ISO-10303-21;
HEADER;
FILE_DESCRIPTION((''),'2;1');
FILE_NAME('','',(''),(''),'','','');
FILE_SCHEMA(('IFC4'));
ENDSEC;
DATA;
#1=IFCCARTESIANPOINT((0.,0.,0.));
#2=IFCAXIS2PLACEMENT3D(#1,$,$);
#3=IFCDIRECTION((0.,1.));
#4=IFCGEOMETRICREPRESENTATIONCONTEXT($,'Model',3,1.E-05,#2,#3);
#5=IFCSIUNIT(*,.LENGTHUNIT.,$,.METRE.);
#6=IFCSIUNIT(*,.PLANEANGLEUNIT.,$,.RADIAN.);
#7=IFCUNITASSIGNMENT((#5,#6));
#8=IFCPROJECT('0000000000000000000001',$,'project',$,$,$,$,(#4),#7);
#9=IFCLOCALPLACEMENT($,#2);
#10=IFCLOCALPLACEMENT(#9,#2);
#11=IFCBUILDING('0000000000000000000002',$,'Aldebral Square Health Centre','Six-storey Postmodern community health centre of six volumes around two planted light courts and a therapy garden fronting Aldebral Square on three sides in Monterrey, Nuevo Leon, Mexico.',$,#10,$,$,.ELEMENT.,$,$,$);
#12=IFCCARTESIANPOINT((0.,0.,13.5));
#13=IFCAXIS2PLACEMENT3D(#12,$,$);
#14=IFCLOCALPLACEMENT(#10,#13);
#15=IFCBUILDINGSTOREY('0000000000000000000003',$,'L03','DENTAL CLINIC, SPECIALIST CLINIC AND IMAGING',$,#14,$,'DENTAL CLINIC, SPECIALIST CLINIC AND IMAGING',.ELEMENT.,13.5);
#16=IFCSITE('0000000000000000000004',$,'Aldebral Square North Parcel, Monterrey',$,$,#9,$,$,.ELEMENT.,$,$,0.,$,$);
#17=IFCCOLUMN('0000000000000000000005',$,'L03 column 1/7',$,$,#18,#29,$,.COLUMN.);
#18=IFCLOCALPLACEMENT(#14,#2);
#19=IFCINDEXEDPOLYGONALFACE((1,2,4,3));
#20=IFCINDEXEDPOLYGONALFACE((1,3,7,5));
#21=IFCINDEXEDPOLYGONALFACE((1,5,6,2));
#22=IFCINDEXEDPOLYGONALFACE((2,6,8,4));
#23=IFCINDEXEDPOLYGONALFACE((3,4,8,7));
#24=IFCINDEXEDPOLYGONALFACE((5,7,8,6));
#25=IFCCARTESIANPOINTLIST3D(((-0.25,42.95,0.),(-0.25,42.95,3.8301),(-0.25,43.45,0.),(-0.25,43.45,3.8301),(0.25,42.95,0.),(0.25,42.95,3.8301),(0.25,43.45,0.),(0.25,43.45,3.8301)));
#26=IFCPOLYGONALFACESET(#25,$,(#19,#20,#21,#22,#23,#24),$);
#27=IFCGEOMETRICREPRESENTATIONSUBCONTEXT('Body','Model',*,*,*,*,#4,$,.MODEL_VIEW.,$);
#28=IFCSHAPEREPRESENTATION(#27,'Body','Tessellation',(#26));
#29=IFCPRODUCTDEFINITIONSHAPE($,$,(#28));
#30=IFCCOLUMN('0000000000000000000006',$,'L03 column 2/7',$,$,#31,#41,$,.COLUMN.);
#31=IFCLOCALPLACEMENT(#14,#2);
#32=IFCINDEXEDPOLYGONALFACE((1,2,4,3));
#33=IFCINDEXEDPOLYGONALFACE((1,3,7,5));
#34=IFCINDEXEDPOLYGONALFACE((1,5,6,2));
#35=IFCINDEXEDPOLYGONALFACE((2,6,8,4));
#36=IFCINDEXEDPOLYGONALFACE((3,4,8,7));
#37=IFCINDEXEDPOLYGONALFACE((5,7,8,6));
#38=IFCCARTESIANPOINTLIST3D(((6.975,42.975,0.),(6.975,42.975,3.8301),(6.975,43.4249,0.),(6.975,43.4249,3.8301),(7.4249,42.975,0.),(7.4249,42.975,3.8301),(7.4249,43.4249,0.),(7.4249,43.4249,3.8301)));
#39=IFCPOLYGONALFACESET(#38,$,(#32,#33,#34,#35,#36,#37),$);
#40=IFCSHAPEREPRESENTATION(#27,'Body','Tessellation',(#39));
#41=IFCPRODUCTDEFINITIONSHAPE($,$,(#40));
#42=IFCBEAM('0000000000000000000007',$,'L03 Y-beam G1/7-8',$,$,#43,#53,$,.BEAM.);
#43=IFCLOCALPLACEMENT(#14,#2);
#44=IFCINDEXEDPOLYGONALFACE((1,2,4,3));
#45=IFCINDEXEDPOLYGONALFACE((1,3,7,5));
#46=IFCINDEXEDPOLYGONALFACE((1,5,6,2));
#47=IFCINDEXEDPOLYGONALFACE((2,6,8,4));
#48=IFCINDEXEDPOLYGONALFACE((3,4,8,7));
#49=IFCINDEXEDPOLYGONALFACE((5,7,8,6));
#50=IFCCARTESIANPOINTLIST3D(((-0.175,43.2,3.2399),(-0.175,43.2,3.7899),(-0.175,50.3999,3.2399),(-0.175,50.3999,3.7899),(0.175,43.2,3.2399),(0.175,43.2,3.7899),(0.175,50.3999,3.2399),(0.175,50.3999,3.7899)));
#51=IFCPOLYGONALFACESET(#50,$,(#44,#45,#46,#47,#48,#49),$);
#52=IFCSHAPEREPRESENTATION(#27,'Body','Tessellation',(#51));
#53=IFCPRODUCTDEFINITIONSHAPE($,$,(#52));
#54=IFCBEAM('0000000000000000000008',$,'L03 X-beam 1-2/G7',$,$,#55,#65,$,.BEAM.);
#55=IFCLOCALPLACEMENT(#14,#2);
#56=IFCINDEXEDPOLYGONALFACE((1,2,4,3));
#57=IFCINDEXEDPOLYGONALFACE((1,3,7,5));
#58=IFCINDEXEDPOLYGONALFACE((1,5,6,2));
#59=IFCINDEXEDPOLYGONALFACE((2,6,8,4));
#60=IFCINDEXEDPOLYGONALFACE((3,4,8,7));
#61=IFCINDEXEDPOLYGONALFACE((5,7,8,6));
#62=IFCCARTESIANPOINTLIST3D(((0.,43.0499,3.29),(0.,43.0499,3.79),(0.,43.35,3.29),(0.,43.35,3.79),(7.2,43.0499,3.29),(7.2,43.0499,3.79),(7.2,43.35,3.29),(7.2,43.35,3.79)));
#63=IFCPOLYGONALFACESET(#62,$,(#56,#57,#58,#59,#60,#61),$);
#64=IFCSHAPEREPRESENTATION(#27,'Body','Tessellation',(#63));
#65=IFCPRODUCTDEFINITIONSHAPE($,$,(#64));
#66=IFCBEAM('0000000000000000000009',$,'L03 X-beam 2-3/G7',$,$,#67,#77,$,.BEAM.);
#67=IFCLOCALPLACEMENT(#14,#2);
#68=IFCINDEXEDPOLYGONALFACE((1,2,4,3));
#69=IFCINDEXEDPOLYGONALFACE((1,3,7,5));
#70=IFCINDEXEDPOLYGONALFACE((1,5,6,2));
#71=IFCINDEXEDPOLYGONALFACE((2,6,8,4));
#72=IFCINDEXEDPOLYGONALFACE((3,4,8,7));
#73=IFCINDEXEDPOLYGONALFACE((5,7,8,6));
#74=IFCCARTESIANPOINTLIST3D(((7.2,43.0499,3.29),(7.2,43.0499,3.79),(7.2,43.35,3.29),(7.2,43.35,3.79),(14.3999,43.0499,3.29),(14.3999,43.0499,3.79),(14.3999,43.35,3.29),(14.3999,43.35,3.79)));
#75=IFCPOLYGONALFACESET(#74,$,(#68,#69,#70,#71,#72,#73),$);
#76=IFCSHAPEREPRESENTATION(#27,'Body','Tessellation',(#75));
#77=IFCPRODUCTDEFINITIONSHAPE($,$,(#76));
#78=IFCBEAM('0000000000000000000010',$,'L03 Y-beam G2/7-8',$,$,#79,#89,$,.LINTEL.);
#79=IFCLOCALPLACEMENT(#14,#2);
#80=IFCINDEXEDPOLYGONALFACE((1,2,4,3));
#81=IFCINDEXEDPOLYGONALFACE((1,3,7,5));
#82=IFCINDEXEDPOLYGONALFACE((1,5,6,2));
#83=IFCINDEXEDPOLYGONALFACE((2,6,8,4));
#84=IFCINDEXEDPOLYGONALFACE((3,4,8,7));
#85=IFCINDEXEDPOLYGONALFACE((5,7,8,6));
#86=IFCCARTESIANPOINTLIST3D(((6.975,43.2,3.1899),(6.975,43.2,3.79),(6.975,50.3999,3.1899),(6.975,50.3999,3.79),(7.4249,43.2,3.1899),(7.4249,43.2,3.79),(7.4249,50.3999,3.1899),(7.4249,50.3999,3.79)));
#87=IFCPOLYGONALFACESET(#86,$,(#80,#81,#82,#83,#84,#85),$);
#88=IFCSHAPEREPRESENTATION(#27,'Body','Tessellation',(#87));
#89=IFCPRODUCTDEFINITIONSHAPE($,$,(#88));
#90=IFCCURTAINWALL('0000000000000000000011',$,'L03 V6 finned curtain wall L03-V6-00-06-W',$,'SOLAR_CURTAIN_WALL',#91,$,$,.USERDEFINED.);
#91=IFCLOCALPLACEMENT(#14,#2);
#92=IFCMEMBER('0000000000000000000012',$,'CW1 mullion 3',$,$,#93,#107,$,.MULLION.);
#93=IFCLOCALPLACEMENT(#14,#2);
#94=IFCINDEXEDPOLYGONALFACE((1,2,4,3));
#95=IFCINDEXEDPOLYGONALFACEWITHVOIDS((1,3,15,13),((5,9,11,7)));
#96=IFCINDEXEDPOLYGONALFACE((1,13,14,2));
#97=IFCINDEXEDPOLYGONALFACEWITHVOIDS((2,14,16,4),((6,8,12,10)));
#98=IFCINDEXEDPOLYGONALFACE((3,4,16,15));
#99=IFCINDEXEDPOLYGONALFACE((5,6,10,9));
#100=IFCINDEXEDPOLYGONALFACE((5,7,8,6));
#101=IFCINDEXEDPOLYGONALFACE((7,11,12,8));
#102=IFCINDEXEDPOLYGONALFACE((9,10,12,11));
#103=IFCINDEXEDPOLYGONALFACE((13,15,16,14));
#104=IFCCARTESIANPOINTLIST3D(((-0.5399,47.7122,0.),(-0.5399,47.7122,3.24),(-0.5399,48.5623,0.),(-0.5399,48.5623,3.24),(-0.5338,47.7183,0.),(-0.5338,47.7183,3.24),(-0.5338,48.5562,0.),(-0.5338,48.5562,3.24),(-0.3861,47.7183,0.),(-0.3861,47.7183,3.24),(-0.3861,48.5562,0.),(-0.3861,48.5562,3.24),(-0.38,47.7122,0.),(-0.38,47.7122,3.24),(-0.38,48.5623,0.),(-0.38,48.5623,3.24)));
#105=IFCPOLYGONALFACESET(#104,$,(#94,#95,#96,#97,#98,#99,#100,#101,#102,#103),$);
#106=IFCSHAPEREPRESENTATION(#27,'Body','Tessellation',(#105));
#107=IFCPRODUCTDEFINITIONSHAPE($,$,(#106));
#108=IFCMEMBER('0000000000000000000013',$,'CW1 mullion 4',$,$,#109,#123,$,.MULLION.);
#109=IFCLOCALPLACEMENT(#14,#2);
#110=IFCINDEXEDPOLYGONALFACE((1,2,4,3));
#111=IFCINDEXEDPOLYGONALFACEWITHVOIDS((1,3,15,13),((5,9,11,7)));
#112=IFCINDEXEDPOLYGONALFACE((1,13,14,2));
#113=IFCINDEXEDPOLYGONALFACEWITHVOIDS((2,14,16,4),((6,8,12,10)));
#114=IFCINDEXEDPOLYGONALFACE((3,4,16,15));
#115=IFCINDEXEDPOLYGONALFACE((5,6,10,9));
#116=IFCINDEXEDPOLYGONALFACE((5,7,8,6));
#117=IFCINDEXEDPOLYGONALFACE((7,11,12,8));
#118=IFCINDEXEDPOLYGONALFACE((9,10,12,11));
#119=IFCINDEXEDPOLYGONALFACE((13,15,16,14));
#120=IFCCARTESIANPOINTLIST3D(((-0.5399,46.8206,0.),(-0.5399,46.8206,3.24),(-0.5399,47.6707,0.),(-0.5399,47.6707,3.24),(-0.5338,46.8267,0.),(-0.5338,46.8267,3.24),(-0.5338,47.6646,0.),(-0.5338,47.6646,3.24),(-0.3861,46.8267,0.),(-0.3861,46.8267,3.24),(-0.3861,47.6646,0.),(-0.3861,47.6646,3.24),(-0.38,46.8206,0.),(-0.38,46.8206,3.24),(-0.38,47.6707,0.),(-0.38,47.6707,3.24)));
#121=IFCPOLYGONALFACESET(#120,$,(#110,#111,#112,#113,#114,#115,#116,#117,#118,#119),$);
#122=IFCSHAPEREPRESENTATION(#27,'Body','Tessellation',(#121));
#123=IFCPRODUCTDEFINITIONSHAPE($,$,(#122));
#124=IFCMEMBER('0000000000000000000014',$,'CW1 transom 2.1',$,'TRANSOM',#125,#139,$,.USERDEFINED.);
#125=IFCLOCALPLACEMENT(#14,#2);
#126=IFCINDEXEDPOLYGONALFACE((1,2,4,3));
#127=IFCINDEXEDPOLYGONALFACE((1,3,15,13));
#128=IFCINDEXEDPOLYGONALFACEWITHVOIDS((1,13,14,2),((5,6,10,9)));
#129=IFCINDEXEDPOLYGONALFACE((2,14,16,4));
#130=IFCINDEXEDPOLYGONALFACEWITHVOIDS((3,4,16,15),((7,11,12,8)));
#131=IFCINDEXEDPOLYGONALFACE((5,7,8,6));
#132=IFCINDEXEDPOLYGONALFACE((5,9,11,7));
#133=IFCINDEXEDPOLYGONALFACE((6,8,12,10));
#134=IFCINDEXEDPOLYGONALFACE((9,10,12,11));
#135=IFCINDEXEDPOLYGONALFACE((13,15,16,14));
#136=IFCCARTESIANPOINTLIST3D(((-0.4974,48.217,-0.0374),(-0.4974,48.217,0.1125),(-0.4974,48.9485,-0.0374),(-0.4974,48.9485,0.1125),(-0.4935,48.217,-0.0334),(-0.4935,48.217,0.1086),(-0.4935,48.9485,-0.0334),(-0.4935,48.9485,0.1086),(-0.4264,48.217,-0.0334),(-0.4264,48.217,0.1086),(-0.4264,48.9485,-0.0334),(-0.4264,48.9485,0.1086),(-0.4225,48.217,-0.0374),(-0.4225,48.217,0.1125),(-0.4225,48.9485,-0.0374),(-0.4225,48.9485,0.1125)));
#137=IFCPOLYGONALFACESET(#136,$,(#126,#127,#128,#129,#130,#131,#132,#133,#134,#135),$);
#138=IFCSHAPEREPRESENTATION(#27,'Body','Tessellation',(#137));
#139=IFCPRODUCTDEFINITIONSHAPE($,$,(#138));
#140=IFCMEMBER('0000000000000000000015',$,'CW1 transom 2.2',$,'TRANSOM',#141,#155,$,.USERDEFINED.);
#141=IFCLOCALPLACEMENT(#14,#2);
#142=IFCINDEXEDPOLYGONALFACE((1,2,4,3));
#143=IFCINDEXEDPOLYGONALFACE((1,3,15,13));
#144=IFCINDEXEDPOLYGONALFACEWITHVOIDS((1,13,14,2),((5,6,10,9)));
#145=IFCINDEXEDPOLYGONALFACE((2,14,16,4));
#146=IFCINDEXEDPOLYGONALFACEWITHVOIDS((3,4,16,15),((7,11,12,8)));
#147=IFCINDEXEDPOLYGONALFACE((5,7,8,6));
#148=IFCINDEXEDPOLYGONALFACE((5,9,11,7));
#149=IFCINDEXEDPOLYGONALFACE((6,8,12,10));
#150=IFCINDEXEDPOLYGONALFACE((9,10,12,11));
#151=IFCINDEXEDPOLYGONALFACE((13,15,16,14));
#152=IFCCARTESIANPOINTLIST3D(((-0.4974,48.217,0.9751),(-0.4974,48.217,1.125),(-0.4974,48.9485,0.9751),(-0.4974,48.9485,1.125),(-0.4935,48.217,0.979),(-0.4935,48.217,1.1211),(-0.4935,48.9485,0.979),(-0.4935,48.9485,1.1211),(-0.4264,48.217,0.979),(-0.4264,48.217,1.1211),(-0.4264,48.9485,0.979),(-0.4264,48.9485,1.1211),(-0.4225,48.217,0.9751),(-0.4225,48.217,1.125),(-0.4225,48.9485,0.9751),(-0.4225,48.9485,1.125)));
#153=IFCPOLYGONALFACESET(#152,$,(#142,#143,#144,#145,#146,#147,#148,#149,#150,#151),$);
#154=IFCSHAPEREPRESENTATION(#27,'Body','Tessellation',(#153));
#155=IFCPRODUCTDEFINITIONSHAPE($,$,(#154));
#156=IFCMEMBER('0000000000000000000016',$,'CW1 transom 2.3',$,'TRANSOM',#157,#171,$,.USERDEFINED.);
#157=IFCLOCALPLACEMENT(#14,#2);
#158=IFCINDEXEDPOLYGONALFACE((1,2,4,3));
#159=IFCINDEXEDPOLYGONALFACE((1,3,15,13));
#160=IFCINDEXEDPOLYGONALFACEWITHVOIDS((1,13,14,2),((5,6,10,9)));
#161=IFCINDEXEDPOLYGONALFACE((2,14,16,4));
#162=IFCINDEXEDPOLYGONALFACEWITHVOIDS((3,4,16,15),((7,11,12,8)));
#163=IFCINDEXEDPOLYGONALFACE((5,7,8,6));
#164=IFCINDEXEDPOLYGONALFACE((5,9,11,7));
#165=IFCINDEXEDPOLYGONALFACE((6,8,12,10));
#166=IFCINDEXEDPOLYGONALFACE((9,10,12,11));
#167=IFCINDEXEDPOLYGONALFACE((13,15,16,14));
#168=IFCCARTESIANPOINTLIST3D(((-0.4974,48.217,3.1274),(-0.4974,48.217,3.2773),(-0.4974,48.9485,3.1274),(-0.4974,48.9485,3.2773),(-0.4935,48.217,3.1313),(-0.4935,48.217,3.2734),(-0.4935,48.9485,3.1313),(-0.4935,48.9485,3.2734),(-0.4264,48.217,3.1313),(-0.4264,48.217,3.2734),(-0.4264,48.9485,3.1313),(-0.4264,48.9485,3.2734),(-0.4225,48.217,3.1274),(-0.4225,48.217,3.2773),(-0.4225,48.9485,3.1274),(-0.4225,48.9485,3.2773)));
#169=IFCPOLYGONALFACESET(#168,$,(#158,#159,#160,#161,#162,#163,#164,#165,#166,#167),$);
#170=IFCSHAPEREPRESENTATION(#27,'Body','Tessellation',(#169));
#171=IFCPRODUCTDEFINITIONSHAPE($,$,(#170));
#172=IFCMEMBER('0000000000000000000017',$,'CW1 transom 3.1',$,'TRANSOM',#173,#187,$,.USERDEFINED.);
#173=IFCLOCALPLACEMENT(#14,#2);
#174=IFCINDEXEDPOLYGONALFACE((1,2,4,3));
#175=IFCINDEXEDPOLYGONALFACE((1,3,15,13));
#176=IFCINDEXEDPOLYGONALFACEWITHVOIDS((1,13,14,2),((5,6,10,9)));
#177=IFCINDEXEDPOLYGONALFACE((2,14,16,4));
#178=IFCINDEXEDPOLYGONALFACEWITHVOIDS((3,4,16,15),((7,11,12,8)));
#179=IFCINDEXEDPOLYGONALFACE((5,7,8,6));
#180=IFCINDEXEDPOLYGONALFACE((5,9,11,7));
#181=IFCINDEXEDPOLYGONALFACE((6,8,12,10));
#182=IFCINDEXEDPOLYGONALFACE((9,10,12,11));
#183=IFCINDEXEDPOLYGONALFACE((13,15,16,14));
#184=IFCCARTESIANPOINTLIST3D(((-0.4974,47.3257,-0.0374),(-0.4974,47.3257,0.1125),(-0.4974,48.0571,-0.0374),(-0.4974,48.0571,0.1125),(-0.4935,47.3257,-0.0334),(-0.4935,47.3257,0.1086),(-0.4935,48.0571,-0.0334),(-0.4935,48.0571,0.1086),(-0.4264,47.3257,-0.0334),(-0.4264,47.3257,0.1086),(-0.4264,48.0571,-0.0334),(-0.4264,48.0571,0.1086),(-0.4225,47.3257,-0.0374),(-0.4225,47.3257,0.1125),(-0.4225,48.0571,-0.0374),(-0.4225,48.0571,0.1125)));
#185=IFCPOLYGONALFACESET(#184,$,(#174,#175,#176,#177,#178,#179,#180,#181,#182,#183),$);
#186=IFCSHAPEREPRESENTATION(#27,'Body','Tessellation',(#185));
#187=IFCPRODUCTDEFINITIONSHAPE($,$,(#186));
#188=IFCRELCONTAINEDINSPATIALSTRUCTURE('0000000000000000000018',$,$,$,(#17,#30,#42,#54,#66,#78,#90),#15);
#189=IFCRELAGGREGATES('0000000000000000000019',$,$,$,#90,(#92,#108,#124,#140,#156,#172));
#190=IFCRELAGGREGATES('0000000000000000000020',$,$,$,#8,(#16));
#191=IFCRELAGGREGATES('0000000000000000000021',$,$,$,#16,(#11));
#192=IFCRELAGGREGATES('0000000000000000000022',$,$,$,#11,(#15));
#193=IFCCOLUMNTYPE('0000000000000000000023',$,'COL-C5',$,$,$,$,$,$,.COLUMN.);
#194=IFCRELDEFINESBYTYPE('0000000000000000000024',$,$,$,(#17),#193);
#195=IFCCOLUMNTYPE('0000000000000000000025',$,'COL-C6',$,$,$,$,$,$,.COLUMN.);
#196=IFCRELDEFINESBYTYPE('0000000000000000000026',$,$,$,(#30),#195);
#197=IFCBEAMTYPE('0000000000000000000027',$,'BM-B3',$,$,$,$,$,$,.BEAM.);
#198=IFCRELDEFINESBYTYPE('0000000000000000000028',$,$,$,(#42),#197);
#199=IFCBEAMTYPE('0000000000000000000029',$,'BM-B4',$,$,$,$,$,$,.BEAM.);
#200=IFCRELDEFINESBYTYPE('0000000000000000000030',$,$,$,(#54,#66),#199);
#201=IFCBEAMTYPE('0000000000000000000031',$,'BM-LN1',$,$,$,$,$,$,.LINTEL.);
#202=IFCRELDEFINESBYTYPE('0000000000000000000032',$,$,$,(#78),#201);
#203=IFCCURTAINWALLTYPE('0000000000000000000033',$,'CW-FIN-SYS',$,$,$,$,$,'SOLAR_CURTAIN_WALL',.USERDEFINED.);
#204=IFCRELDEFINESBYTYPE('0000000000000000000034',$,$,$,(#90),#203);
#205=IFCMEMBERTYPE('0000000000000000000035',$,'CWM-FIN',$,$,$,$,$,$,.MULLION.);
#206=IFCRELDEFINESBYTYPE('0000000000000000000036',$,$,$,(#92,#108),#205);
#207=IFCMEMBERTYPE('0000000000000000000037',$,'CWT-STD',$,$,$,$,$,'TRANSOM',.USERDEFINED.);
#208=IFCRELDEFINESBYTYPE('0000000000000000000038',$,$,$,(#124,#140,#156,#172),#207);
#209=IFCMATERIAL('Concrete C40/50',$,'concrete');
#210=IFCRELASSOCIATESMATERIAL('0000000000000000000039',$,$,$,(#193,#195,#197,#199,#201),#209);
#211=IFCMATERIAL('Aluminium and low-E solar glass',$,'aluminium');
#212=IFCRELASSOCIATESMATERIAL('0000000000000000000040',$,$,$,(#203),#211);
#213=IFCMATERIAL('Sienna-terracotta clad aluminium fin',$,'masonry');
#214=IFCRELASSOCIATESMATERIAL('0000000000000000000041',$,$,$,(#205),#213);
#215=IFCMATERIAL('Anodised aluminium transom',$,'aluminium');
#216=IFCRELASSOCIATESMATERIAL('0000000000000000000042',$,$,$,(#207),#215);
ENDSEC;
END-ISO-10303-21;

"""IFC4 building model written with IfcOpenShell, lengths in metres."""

from ifc_helpers import new_model, si_unit, direction, frame, origin, origin_2d, place, context, subcontext, project, spatial, rectangle, hollow_rectangle, extrude, material, material_profile, profile_set, type_object, element, aggregate, save


model = new_model("IFC4")

# Units and contexts
model_context = context("Model", 3, precision=1e-05, world=origin(), true_north=direction((0.0, 1.0)))
body_context = subcontext(model_context, "Body", "Model", "MODEL_VIEW")
ifc_project = project(units=[si_unit("LENGTHUNIT", "METRE"), si_unit("PLANEANGLEUNIT", "RADIAN")], contexts=[model_context])

# Site, building, storey
site_placement = place(None, origin())
site = spatial("IfcSite", under=ifc_project, at=site_placement, Name="Aldebral Square North Parcel, Monterrey", CompositionType="ELEMENT", RefElevation=0.0)
building_placement = place(site_placement, origin())
building = spatial("IfcBuilding", under=site, at=building_placement, Name="Aldebral Square Health Centre", Description="Six-storey Postmodern community health centre of six volumes around two planted light courts and a therapy garden fronting Aldebral Square on three sides in Monterrey, Nuevo Leon, Mexico.", CompositionType="ELEMENT")
storey_placement = place(building_placement, frame((0.0, 0.0, 13.5)))
storey = spatial("IfcBuildingStorey", under=building, at=storey_placement, Name="L03", Description="DENTAL CLINIC, SPECIALIST CLINIC AND IMAGING", LongName="DENTAL CLINIC, SPECIALIST CLINIC AND IMAGING", CompositionType="ELEMENT", Elevation=13.5)

# Columns
ifc_material_1 = material(Name="Concrete C40/50", Category="concrete")
ifc_material_profile_1 = material_profile(ifc_material_1, rectangle(XDim=0.5, YDim=0.5, at=origin_2d()), Name="RC 500x500")
ifc_profile_set_1 = profile_set([ifc_material_profile_1], Name="Concrete C40/50")
column_type_1 = type_object("IfcColumnType", Name="COL-C5", PredefinedType="COLUMN", material=ifc_profile_set_1)
column_1_placement = place(storey_placement, frame((0.0, 43.2, 0.0), z_axis=(0.0, 0.0, 1.0), x_axis=(1.0, 0.0, 0.0)))
element("IfcColumn", 1, at=column_1_placement, inside=storey, type_object=column_type_1, Name="L03 column 1/7", PredefinedType="COLUMN", context=body_context, shape_type="SweptSolid", body=[
    extrude(rectangle(XDim=0.5, YDim=0.5, at=origin_2d()), origin(), (0.0, 0.0, 1.0), 3.8301),
])
ifc_material_profile_2 = material_profile(ifc_material_1, rectangle(XDim=0.45, YDim=0.45, at=origin_2d()), Name="RC 450x450")
ifc_profile_set_2 = profile_set([ifc_material_profile_2], Name="Concrete C40/50")
column_type_2 = type_object("IfcColumnType", Name="COL-C6", PredefinedType="COLUMN", material=ifc_profile_set_2)
column_2_placement = place(storey_placement, frame((7.2, 43.2, 0.0), z_axis=(0.0, 0.0, 1.0), x_axis=(1.0, 0.0, 0.0)))
element("IfcColumn", 2, at=column_2_placement, inside=storey, type_object=column_type_2, Name="L03 column 2/7", PredefinedType="COLUMN", context=body_context, shape_type="SweptSolid", body=[
    extrude(rectangle(XDim=0.45, YDim=0.45, at=origin_2d()), origin(), (0.0, 0.0, 1.0), 3.8301),
])

# Beams
ifc_material_profile_3 = material_profile(ifc_material_1, rectangle(XDim=0.3501, YDim=0.55, at=origin_2d()), Name="RC 350x550")
ifc_profile_set_3 = profile_set([ifc_material_profile_3], Name="Concrete C40/50")
beam_type_1 = type_object("IfcBeamType", Name="BM-B3", PredefinedType="BEAM", material=ifc_profile_set_3)
beam_1_placement = place(storey_placement, frame((0.0, 43.2, 3.5149), z_axis=(0.0, 1.0, 0.0), x_axis=(-1.0, 0.0, 0.0)))
element("IfcBeam", 3, at=beam_1_placement, inside=storey, type_object=beam_type_1, Name="L03 Y-beam G1/7-8", PredefinedType="BEAM", context=body_context, shape_type="SweptSolid", body=[
    extrude(rectangle(XDim=0.3501, YDim=0.55, at=origin_2d()), origin(), (0.0, 0.0, 1.0), 7.2),
])
ifc_material_profile_4 = material_profile(ifc_material_1, rectangle(XDim=0.3, YDim=0.5, at=origin_2d()), Name="RC 300x500")
ifc_profile_set_4 = profile_set([ifc_material_profile_4], Name="Concrete C40/50")
beam_type_2 = type_object("IfcBeamType", Name="BM-B4", PredefinedType="BEAM", material=ifc_profile_set_4)
for number, where, z_axis, x_axis, name in (
    (4, (0.0, 43.2, 3.54), (1.0, 0.0, 0.0), (0.0, 1.0, 0.0), "L03 X-beam 1-2/G7"),
    (5, (7.2, 43.2, 3.54), (1.0, 0.0, 0.0), (0.0, 1.0, 0.0), "L03 X-beam 2-3/G7"),
):
    element("IfcBeam", number, at=place(storey_placement, frame(where, z_axis=z_axis, x_axis=x_axis)), inside=storey, type_object=beam_type_2, Name=name, PredefinedType="BEAM", context=body_context, shape_type="SweptSolid", body=[
        extrude(rectangle(XDim=0.3, YDim=0.5, at=origin_2d()), origin(), (0.0, 0.0, 1.0), 7.2),
    ])
ifc_material_profile_5 = material_profile(ifc_material_1, rectangle(XDim=0.45, YDim=0.6001, at=origin_2d()), Name="RC 450x600")
ifc_profile_set_5 = profile_set([ifc_material_profile_5], Name="Concrete C40/50")
beam_type_3 = type_object("IfcBeamType", Name="BM-LN1", PredefinedType="LINTEL", material=ifc_profile_set_5)
beam_2_placement = place(storey_placement, frame((7.2, 43.2, 3.49), z_axis=(0.0, 1.0, 0.0), x_axis=(-1.0, 0.0, 0.0)))
element("IfcBeam", 6, at=beam_2_placement, inside=storey, type_object=beam_type_3, Name="L03 Y-beam G2/7-8", PredefinedType="LINTEL", context=body_context, shape_type="SweptSolid", body=[
    extrude(rectangle(XDim=0.45, YDim=0.6001, at=origin_2d()), origin(), (0.0, 0.0, 1.0), 7.2),
])

# Curtain wall, members
ifc_material_2 = material(Name="Aluminium and low-E solar glass", Category="aluminium")
curtain_wall_type = type_object("IfcCurtainWallType", Name="CW-FIN-SYS", ElementType="SOLAR_CURTAIN_WALL", PredefinedType="USERDEFINED", material=ifc_material_2)
curtain_wall_placement = place(storey_placement, origin())
curtain_wall = element("IfcCurtainWall", 7, at=curtain_wall_placement, inside=storey, type_object=curtain_wall_type, Name="L03 V6 finned curtain wall L03-V6-00-06-W", ObjectType="SOLAR_CURTAIN_WALL", PredefinedType="USERDEFINED")
ifc_material_3 = material(Name="Sienna-terracotta clad aluminium fin", Category="masonry")
ifc_material_profile_6 = material_profile(ifc_material_3, hollow_rectangle(XDim=0.1599, YDim=0.8501, WallThickness=0.0061, at=origin_2d()), Name="FIN 160x850x6")
ifc_profile_set_6 = profile_set([ifc_material_profile_6], Name="Sienna-terracotta clad aluminium fin")
member_type_1 = type_object("IfcMemberType", Name="CWM-FIN", PredefinedType="MULLION", material=ifc_profile_set_6)
member_1_placement = place(storey_placement, frame((-0.46, 48.1372, 0.0), z_axis=(0.0, 0.0, 1.0), x_axis=(1.0, 0.0, 0.0)))
member_1 = element("IfcMember", 8, at=member_1_placement, type_object=member_type_1, Name="CW1 mullion 3", PredefinedType="MULLION", context=body_context, shape_type="SweptSolid", body=[
    extrude(hollow_rectangle(XDim=0.1599, YDim=0.8501, WallThickness=0.0061, at=origin_2d()), origin(), (0.0, 0.0, 1.0), 3.24),
])
member_2_placement = place(storey_placement, frame((-0.46, 47.2456, 0.0), z_axis=(0.0, 0.0, 1.0), x_axis=(1.0, 0.0, 0.0)))
member_2 = element("IfcMember", 9, at=member_2_placement, type_object=member_type_1, Name="CW1 mullion 4", PredefinedType="MULLION", context=body_context, shape_type="SweptSolid", body=[
    extrude(hollow_rectangle(XDim=0.1599, YDim=0.8501, WallThickness=0.0061, at=origin_2d()), origin(), (0.0, 0.0, 1.0), 3.24),
])
ifc_material_4 = material(Name="Anodised aluminium transom", Category="aluminium")
ifc_material_profile_7 = material_profile(ifc_material_4, hollow_rectangle(XDim=0.075, YDim=0.1499, WallThickness=0.0039, at=origin_2d()), Name="CWT 75x150x4")
ifc_profile_set_7 = profile_set([ifc_material_profile_7], Name="Anodised aluminium transom")
member_type_2 = type_object("IfcMemberType", Name="CWT-STD", ElementType="TRANSOM", PredefinedType="USERDEFINED", material=ifc_profile_set_7)
member_3_placement = place(storey_placement, frame((-0.46, 48.9485, 0.0376), z_axis=(0.0, -1.0, 0.0), x_axis=(1.0, 0.0, 0.0)))
member_3 = element("IfcMember", 10, at=member_3_placement, type_object=member_type_2, Name="CW1 transom 2.1", ObjectType="TRANSOM", PredefinedType="USERDEFINED", context=body_context, shape_type="SweptSolid", body=[
    extrude(hollow_rectangle(XDim=0.075, YDim=0.1499, WallThickness=0.0039, at=origin_2d()), origin(), (0.0, 0.0, 1.0), 0.7314),
])
member_4_placement = place(storey_placement, frame((-0.46, 48.9485, 1.05), z_axis=(0.0, -1.0, 0.0), x_axis=(1.0, 0.0, 0.0)))
member_4 = element("IfcMember", 11, at=member_4_placement, type_object=member_type_2, Name="CW1 transom 2.2", ObjectType="TRANSOM", PredefinedType="USERDEFINED", context=body_context, shape_type="SweptSolid", body=[
    extrude(hollow_rectangle(XDim=0.075, YDim=0.1499, WallThickness=0.0039, at=origin_2d()), origin(), (0.0, 0.0, 1.0), 0.7314),
])
member_5_placement = place(storey_placement, frame((-0.46, 48.9485, 3.2024), z_axis=(0.0, -1.0, 0.0), x_axis=(1.0, 0.0, 0.0)))
member_5 = element("IfcMember", 12, at=member_5_placement, type_object=member_type_2, Name="CW1 transom 2.3", ObjectType="TRANSOM", PredefinedType="USERDEFINED", context=body_context, shape_type="SweptSolid", body=[
    extrude(hollow_rectangle(XDim=0.075, YDim=0.1499, WallThickness=0.0039, at=origin_2d()), origin(), (0.0, 0.0, 1.0), 0.7314),
])
member_6_placement = place(storey_placement, frame((-0.46, 48.0571, 0.0376), z_axis=(0.0, -1.0, 0.0), x_axis=(1.0, 0.0, 0.0)))
member_6 = element("IfcMember", 13, at=member_6_placement, type_object=member_type_2, Name="CW1 transom 3.1", ObjectType="TRANSOM", PredefinedType="USERDEFINED", context=body_context, shape_type="SweptSolid", body=[
    extrude(hollow_rectangle(XDim=0.075, YDim=0.1499, WallThickness=0.0039, at=origin_2d()), origin(), (0.0, 0.0, 1.0), 0.7314),
])
aggregate(curtain_wall, [member_1, member_2, member_3, member_4, member_5, member_6])

save(model, "model.ifc")
